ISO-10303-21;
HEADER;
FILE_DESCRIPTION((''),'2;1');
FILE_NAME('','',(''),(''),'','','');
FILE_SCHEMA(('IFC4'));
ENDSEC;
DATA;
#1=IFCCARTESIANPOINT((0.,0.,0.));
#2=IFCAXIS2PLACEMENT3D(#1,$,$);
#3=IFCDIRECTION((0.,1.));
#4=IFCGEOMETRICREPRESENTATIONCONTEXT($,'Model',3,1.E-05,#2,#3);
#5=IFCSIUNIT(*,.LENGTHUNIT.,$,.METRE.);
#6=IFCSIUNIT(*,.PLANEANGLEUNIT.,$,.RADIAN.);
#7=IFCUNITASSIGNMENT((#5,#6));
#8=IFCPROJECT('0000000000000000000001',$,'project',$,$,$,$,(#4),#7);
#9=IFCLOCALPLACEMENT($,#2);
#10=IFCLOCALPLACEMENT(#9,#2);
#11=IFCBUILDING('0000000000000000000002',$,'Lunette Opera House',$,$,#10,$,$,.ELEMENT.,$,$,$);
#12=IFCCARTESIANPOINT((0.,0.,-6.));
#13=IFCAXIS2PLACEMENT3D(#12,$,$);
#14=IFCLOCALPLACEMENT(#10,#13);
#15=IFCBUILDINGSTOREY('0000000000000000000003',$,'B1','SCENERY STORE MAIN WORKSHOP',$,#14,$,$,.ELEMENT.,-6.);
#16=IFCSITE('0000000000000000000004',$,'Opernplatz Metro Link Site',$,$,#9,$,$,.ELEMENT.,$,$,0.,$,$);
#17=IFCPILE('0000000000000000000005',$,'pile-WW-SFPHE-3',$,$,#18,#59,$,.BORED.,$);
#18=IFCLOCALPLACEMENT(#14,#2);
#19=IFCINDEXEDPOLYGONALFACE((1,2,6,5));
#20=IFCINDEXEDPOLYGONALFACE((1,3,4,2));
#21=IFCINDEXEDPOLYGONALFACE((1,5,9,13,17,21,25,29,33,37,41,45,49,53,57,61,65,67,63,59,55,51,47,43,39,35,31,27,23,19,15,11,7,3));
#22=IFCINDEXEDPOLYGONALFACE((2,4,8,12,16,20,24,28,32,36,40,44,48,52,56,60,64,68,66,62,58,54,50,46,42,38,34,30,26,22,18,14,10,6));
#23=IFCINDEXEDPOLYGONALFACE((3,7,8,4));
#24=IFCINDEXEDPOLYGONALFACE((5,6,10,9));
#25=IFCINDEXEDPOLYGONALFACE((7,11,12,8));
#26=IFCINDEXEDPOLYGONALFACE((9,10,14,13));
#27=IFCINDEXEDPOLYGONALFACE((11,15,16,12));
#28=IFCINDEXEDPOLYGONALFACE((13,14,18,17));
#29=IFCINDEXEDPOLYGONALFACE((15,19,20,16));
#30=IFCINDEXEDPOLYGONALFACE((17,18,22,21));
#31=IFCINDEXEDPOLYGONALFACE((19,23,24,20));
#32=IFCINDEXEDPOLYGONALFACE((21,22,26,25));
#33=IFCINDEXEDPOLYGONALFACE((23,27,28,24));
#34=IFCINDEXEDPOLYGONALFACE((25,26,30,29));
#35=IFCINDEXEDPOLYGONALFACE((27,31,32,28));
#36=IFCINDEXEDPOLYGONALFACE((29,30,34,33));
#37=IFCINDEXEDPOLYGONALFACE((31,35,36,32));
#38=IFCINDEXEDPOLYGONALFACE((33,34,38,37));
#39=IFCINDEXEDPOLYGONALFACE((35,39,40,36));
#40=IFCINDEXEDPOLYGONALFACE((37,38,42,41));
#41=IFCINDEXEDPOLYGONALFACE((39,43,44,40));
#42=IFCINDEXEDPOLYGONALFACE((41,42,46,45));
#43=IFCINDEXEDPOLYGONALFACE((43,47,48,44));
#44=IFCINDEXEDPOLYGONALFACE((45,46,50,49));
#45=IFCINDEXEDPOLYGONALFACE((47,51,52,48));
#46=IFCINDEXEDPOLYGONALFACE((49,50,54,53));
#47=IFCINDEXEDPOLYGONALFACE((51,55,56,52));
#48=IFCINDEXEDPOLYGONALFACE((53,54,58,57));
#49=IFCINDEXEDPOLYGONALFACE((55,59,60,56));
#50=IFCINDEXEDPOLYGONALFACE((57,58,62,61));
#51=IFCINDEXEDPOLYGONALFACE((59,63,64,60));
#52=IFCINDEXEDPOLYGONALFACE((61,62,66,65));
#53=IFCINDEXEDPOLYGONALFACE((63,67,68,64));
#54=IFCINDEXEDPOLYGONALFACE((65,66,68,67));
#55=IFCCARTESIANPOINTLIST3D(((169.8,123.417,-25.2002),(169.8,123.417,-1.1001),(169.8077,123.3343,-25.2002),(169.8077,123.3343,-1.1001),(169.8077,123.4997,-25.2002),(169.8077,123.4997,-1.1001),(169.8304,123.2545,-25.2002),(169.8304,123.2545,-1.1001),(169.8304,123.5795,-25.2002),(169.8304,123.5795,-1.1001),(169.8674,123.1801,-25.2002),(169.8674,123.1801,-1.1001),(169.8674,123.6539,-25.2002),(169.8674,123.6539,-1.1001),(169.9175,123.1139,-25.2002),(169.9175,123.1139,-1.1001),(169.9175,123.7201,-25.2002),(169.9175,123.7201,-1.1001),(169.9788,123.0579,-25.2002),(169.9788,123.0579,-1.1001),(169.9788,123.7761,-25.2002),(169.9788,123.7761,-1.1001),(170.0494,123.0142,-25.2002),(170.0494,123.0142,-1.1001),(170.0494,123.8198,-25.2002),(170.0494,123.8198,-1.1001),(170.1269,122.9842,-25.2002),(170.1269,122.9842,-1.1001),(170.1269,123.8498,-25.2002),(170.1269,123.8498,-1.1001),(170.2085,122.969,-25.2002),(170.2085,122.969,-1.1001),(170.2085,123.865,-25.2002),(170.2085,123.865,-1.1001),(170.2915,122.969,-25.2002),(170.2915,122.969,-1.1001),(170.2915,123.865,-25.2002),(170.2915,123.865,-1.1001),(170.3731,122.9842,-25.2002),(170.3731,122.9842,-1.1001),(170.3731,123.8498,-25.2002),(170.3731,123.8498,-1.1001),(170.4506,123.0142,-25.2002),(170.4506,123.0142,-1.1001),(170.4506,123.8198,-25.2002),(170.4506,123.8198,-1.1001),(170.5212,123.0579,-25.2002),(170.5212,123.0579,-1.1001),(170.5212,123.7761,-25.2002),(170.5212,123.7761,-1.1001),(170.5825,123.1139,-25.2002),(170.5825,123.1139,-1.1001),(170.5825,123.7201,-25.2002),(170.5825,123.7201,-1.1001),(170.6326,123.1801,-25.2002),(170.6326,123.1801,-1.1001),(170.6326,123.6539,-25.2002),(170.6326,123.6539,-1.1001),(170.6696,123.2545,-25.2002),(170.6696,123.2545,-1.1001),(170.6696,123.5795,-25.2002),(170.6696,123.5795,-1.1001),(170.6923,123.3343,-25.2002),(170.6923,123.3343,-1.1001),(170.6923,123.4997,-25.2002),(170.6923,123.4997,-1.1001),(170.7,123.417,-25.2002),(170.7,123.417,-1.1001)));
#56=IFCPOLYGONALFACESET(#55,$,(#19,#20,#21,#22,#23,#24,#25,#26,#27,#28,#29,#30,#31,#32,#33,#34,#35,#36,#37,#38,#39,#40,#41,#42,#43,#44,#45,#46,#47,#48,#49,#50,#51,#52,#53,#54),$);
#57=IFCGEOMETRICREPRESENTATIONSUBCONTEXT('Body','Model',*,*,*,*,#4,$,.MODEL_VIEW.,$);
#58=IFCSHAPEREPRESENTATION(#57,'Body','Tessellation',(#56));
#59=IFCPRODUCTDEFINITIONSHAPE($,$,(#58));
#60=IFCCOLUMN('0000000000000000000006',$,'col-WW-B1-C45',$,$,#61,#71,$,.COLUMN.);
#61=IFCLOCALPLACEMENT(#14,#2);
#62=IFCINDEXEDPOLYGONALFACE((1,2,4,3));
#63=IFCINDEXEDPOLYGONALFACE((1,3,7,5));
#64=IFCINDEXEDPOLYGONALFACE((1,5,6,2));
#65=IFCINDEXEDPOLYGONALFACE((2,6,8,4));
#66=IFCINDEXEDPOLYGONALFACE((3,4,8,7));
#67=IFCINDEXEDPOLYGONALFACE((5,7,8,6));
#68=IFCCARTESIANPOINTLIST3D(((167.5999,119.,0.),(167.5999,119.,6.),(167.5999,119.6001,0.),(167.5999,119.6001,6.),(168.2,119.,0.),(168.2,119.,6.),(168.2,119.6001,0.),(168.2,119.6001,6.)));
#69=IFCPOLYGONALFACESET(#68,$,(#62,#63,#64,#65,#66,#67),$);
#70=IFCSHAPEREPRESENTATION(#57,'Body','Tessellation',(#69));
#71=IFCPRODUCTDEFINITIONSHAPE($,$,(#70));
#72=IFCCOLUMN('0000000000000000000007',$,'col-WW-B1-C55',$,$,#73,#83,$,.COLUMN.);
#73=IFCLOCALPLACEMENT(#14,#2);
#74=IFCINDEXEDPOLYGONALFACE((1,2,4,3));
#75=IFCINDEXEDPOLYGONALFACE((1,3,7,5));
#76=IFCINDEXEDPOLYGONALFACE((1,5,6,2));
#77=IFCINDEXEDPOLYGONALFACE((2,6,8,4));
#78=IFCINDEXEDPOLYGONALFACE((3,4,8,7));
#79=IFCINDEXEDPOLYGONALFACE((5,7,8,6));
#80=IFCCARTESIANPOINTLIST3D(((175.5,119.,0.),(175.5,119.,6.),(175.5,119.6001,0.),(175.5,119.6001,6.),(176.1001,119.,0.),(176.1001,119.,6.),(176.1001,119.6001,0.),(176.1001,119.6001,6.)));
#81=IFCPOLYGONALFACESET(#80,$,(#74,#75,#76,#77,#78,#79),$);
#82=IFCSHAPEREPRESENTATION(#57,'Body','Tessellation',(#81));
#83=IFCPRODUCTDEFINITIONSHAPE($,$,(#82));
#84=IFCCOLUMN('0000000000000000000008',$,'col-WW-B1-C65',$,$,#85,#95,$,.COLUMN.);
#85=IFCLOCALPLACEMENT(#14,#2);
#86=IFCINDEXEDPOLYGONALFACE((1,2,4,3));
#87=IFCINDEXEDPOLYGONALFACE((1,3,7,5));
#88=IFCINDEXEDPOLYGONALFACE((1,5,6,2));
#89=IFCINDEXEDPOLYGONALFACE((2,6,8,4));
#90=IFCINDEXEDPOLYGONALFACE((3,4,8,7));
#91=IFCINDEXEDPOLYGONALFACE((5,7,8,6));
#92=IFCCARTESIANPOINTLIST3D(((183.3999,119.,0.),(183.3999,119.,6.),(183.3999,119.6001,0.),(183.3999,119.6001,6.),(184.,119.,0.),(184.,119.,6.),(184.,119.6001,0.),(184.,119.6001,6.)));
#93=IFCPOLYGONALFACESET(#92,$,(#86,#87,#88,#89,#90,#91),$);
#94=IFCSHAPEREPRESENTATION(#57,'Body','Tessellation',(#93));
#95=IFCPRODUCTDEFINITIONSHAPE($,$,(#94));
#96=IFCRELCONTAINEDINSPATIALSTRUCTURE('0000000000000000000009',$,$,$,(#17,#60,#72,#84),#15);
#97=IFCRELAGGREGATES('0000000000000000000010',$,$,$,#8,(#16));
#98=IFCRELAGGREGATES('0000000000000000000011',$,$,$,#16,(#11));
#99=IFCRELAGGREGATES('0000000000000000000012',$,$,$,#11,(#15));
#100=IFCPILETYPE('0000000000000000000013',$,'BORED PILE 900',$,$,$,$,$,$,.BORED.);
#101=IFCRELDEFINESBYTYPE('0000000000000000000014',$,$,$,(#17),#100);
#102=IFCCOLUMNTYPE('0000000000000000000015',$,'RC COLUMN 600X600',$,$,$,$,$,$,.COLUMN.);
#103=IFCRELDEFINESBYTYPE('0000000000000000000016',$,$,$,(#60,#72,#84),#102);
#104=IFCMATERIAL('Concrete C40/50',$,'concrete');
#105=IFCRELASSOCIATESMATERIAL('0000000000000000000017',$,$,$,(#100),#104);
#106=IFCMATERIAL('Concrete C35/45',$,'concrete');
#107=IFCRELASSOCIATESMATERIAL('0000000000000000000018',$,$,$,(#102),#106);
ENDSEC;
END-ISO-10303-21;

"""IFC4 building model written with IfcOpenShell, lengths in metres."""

from ifc_helpers import new_model, si_unit, direction, frame, origin, origin_2d, place, context, subcontext, project, spatial, rectangle, circle, extrude, material, material_profile, profile_set, type_object, element, save


model = new_model("IFC4")

# Units and contexts
model_context = context("Model", 3, precision=1e-05, world=origin(), true_north=direction((0.0, 1.0)))
body_context = subcontext(model_context, "Body", "Model", "MODEL_VIEW")
ifc_project = project(units=[si_unit("LENGTHUNIT", "METRE"), si_unit("PLANEANGLEUNIT", "RADIAN")], contexts=[model_context])

# Site, building, storey
site_placement = place(None, origin())
site = spatial("IfcSite", under=ifc_project, at=site_placement, Name="Opernplatz Metro Link Site", CompositionType="ELEMENT", RefElevation=0.0)
building_placement = place(site_placement, origin())
building = spatial("IfcBuilding", under=site, at=building_placement, Name="Lunette Opera House", CompositionType="ELEMENT")
storey_placement = place(building_placement, frame((0.0, 0.0, -6.0)))
storey = spatial("IfcBuildingStorey", under=building, at=storey_placement, Name="B1", Description="SCENERY STORE MAIN WORKSHOP", CompositionType="ELEMENT", Elevation=-6.0)

# Pile
ifc_material_1 = material(Name="Concrete C40/50", Category="concrete")
ifc_material_profile_1 = material_profile(ifc_material_1, circle(Radius=0.45, at=origin_2d()), Name="BORED PILE 900")
ifc_profile_set_1 = profile_set([ifc_material_profile_1], Name="Concrete C40/50")
pile_type = type_object("IfcPileType", Name="BORED PILE 900", PredefinedType="BORED", material=ifc_profile_set_1)
for number, where, z_axis, x_axis, name in (
    (1, (170.25, 123.417, -1.1001), (0.0, 0.0, -1.0), (1.0, 0.0, 0.0), "pile-WW-SFPHE-3"),
):
    element("IfcPile", number, at=place(storey_placement, frame(where, z_axis=z_axis, x_axis=x_axis)), inside=storey, type_object=pile_type, Name=name, PredefinedType="BORED", context=body_context, shape_type="SweptSolid", body=[
        extrude(circle(Radius=0.45, at=origin_2d()), origin(), (0.0, 0.0, 1.0), 24.1001),
    ])

# Columns
ifc_material_2 = material(Name="Concrete C35/45", Category="concrete")
ifc_material_profile_2 = material_profile(ifc_material_2, rectangle(XDim=0.6001, YDim=0.6001, at=origin_2d()), Name="RC COLUMN 600X600")
ifc_profile_set_2 = profile_set([ifc_material_profile_2], Name="Concrete C35/45")
column_type = type_object("IfcColumnType", Name="RC COLUMN 600X600", PredefinedType="COLUMN", material=ifc_profile_set_2)
for number, where, z_axis, x_axis, name in (
    (2, (167.8999, 119.3, 0.0), (0.0, 0.0, 1.0), (1.0, 0.0, 0.0), "col-WW-B1-C45"),
    (3, (175.8, 119.3, 0.0), (0.0, 0.0, 1.0), (1.0, 0.0, 0.0), "col-WW-B1-C55"),
    (4, (183.7, 119.3, 0.0), (0.0, 0.0, 1.0), (1.0, 0.0, 0.0), "col-WW-B1-C65"),
):
    element("IfcColumn", number, at=place(storey_placement, frame(where, z_axis=z_axis, x_axis=x_axis)), inside=storey, type_object=column_type, Name=name, PredefinedType="COLUMN", context=body_context, shape_type="SweptSolid", body=[
        extrude(rectangle(XDim=0.6001, YDim=0.6001, at=origin_2d()), origin(), (0.0, 0.0, 1.0), 6.0),
    ])

save(model, "model.ifc")
